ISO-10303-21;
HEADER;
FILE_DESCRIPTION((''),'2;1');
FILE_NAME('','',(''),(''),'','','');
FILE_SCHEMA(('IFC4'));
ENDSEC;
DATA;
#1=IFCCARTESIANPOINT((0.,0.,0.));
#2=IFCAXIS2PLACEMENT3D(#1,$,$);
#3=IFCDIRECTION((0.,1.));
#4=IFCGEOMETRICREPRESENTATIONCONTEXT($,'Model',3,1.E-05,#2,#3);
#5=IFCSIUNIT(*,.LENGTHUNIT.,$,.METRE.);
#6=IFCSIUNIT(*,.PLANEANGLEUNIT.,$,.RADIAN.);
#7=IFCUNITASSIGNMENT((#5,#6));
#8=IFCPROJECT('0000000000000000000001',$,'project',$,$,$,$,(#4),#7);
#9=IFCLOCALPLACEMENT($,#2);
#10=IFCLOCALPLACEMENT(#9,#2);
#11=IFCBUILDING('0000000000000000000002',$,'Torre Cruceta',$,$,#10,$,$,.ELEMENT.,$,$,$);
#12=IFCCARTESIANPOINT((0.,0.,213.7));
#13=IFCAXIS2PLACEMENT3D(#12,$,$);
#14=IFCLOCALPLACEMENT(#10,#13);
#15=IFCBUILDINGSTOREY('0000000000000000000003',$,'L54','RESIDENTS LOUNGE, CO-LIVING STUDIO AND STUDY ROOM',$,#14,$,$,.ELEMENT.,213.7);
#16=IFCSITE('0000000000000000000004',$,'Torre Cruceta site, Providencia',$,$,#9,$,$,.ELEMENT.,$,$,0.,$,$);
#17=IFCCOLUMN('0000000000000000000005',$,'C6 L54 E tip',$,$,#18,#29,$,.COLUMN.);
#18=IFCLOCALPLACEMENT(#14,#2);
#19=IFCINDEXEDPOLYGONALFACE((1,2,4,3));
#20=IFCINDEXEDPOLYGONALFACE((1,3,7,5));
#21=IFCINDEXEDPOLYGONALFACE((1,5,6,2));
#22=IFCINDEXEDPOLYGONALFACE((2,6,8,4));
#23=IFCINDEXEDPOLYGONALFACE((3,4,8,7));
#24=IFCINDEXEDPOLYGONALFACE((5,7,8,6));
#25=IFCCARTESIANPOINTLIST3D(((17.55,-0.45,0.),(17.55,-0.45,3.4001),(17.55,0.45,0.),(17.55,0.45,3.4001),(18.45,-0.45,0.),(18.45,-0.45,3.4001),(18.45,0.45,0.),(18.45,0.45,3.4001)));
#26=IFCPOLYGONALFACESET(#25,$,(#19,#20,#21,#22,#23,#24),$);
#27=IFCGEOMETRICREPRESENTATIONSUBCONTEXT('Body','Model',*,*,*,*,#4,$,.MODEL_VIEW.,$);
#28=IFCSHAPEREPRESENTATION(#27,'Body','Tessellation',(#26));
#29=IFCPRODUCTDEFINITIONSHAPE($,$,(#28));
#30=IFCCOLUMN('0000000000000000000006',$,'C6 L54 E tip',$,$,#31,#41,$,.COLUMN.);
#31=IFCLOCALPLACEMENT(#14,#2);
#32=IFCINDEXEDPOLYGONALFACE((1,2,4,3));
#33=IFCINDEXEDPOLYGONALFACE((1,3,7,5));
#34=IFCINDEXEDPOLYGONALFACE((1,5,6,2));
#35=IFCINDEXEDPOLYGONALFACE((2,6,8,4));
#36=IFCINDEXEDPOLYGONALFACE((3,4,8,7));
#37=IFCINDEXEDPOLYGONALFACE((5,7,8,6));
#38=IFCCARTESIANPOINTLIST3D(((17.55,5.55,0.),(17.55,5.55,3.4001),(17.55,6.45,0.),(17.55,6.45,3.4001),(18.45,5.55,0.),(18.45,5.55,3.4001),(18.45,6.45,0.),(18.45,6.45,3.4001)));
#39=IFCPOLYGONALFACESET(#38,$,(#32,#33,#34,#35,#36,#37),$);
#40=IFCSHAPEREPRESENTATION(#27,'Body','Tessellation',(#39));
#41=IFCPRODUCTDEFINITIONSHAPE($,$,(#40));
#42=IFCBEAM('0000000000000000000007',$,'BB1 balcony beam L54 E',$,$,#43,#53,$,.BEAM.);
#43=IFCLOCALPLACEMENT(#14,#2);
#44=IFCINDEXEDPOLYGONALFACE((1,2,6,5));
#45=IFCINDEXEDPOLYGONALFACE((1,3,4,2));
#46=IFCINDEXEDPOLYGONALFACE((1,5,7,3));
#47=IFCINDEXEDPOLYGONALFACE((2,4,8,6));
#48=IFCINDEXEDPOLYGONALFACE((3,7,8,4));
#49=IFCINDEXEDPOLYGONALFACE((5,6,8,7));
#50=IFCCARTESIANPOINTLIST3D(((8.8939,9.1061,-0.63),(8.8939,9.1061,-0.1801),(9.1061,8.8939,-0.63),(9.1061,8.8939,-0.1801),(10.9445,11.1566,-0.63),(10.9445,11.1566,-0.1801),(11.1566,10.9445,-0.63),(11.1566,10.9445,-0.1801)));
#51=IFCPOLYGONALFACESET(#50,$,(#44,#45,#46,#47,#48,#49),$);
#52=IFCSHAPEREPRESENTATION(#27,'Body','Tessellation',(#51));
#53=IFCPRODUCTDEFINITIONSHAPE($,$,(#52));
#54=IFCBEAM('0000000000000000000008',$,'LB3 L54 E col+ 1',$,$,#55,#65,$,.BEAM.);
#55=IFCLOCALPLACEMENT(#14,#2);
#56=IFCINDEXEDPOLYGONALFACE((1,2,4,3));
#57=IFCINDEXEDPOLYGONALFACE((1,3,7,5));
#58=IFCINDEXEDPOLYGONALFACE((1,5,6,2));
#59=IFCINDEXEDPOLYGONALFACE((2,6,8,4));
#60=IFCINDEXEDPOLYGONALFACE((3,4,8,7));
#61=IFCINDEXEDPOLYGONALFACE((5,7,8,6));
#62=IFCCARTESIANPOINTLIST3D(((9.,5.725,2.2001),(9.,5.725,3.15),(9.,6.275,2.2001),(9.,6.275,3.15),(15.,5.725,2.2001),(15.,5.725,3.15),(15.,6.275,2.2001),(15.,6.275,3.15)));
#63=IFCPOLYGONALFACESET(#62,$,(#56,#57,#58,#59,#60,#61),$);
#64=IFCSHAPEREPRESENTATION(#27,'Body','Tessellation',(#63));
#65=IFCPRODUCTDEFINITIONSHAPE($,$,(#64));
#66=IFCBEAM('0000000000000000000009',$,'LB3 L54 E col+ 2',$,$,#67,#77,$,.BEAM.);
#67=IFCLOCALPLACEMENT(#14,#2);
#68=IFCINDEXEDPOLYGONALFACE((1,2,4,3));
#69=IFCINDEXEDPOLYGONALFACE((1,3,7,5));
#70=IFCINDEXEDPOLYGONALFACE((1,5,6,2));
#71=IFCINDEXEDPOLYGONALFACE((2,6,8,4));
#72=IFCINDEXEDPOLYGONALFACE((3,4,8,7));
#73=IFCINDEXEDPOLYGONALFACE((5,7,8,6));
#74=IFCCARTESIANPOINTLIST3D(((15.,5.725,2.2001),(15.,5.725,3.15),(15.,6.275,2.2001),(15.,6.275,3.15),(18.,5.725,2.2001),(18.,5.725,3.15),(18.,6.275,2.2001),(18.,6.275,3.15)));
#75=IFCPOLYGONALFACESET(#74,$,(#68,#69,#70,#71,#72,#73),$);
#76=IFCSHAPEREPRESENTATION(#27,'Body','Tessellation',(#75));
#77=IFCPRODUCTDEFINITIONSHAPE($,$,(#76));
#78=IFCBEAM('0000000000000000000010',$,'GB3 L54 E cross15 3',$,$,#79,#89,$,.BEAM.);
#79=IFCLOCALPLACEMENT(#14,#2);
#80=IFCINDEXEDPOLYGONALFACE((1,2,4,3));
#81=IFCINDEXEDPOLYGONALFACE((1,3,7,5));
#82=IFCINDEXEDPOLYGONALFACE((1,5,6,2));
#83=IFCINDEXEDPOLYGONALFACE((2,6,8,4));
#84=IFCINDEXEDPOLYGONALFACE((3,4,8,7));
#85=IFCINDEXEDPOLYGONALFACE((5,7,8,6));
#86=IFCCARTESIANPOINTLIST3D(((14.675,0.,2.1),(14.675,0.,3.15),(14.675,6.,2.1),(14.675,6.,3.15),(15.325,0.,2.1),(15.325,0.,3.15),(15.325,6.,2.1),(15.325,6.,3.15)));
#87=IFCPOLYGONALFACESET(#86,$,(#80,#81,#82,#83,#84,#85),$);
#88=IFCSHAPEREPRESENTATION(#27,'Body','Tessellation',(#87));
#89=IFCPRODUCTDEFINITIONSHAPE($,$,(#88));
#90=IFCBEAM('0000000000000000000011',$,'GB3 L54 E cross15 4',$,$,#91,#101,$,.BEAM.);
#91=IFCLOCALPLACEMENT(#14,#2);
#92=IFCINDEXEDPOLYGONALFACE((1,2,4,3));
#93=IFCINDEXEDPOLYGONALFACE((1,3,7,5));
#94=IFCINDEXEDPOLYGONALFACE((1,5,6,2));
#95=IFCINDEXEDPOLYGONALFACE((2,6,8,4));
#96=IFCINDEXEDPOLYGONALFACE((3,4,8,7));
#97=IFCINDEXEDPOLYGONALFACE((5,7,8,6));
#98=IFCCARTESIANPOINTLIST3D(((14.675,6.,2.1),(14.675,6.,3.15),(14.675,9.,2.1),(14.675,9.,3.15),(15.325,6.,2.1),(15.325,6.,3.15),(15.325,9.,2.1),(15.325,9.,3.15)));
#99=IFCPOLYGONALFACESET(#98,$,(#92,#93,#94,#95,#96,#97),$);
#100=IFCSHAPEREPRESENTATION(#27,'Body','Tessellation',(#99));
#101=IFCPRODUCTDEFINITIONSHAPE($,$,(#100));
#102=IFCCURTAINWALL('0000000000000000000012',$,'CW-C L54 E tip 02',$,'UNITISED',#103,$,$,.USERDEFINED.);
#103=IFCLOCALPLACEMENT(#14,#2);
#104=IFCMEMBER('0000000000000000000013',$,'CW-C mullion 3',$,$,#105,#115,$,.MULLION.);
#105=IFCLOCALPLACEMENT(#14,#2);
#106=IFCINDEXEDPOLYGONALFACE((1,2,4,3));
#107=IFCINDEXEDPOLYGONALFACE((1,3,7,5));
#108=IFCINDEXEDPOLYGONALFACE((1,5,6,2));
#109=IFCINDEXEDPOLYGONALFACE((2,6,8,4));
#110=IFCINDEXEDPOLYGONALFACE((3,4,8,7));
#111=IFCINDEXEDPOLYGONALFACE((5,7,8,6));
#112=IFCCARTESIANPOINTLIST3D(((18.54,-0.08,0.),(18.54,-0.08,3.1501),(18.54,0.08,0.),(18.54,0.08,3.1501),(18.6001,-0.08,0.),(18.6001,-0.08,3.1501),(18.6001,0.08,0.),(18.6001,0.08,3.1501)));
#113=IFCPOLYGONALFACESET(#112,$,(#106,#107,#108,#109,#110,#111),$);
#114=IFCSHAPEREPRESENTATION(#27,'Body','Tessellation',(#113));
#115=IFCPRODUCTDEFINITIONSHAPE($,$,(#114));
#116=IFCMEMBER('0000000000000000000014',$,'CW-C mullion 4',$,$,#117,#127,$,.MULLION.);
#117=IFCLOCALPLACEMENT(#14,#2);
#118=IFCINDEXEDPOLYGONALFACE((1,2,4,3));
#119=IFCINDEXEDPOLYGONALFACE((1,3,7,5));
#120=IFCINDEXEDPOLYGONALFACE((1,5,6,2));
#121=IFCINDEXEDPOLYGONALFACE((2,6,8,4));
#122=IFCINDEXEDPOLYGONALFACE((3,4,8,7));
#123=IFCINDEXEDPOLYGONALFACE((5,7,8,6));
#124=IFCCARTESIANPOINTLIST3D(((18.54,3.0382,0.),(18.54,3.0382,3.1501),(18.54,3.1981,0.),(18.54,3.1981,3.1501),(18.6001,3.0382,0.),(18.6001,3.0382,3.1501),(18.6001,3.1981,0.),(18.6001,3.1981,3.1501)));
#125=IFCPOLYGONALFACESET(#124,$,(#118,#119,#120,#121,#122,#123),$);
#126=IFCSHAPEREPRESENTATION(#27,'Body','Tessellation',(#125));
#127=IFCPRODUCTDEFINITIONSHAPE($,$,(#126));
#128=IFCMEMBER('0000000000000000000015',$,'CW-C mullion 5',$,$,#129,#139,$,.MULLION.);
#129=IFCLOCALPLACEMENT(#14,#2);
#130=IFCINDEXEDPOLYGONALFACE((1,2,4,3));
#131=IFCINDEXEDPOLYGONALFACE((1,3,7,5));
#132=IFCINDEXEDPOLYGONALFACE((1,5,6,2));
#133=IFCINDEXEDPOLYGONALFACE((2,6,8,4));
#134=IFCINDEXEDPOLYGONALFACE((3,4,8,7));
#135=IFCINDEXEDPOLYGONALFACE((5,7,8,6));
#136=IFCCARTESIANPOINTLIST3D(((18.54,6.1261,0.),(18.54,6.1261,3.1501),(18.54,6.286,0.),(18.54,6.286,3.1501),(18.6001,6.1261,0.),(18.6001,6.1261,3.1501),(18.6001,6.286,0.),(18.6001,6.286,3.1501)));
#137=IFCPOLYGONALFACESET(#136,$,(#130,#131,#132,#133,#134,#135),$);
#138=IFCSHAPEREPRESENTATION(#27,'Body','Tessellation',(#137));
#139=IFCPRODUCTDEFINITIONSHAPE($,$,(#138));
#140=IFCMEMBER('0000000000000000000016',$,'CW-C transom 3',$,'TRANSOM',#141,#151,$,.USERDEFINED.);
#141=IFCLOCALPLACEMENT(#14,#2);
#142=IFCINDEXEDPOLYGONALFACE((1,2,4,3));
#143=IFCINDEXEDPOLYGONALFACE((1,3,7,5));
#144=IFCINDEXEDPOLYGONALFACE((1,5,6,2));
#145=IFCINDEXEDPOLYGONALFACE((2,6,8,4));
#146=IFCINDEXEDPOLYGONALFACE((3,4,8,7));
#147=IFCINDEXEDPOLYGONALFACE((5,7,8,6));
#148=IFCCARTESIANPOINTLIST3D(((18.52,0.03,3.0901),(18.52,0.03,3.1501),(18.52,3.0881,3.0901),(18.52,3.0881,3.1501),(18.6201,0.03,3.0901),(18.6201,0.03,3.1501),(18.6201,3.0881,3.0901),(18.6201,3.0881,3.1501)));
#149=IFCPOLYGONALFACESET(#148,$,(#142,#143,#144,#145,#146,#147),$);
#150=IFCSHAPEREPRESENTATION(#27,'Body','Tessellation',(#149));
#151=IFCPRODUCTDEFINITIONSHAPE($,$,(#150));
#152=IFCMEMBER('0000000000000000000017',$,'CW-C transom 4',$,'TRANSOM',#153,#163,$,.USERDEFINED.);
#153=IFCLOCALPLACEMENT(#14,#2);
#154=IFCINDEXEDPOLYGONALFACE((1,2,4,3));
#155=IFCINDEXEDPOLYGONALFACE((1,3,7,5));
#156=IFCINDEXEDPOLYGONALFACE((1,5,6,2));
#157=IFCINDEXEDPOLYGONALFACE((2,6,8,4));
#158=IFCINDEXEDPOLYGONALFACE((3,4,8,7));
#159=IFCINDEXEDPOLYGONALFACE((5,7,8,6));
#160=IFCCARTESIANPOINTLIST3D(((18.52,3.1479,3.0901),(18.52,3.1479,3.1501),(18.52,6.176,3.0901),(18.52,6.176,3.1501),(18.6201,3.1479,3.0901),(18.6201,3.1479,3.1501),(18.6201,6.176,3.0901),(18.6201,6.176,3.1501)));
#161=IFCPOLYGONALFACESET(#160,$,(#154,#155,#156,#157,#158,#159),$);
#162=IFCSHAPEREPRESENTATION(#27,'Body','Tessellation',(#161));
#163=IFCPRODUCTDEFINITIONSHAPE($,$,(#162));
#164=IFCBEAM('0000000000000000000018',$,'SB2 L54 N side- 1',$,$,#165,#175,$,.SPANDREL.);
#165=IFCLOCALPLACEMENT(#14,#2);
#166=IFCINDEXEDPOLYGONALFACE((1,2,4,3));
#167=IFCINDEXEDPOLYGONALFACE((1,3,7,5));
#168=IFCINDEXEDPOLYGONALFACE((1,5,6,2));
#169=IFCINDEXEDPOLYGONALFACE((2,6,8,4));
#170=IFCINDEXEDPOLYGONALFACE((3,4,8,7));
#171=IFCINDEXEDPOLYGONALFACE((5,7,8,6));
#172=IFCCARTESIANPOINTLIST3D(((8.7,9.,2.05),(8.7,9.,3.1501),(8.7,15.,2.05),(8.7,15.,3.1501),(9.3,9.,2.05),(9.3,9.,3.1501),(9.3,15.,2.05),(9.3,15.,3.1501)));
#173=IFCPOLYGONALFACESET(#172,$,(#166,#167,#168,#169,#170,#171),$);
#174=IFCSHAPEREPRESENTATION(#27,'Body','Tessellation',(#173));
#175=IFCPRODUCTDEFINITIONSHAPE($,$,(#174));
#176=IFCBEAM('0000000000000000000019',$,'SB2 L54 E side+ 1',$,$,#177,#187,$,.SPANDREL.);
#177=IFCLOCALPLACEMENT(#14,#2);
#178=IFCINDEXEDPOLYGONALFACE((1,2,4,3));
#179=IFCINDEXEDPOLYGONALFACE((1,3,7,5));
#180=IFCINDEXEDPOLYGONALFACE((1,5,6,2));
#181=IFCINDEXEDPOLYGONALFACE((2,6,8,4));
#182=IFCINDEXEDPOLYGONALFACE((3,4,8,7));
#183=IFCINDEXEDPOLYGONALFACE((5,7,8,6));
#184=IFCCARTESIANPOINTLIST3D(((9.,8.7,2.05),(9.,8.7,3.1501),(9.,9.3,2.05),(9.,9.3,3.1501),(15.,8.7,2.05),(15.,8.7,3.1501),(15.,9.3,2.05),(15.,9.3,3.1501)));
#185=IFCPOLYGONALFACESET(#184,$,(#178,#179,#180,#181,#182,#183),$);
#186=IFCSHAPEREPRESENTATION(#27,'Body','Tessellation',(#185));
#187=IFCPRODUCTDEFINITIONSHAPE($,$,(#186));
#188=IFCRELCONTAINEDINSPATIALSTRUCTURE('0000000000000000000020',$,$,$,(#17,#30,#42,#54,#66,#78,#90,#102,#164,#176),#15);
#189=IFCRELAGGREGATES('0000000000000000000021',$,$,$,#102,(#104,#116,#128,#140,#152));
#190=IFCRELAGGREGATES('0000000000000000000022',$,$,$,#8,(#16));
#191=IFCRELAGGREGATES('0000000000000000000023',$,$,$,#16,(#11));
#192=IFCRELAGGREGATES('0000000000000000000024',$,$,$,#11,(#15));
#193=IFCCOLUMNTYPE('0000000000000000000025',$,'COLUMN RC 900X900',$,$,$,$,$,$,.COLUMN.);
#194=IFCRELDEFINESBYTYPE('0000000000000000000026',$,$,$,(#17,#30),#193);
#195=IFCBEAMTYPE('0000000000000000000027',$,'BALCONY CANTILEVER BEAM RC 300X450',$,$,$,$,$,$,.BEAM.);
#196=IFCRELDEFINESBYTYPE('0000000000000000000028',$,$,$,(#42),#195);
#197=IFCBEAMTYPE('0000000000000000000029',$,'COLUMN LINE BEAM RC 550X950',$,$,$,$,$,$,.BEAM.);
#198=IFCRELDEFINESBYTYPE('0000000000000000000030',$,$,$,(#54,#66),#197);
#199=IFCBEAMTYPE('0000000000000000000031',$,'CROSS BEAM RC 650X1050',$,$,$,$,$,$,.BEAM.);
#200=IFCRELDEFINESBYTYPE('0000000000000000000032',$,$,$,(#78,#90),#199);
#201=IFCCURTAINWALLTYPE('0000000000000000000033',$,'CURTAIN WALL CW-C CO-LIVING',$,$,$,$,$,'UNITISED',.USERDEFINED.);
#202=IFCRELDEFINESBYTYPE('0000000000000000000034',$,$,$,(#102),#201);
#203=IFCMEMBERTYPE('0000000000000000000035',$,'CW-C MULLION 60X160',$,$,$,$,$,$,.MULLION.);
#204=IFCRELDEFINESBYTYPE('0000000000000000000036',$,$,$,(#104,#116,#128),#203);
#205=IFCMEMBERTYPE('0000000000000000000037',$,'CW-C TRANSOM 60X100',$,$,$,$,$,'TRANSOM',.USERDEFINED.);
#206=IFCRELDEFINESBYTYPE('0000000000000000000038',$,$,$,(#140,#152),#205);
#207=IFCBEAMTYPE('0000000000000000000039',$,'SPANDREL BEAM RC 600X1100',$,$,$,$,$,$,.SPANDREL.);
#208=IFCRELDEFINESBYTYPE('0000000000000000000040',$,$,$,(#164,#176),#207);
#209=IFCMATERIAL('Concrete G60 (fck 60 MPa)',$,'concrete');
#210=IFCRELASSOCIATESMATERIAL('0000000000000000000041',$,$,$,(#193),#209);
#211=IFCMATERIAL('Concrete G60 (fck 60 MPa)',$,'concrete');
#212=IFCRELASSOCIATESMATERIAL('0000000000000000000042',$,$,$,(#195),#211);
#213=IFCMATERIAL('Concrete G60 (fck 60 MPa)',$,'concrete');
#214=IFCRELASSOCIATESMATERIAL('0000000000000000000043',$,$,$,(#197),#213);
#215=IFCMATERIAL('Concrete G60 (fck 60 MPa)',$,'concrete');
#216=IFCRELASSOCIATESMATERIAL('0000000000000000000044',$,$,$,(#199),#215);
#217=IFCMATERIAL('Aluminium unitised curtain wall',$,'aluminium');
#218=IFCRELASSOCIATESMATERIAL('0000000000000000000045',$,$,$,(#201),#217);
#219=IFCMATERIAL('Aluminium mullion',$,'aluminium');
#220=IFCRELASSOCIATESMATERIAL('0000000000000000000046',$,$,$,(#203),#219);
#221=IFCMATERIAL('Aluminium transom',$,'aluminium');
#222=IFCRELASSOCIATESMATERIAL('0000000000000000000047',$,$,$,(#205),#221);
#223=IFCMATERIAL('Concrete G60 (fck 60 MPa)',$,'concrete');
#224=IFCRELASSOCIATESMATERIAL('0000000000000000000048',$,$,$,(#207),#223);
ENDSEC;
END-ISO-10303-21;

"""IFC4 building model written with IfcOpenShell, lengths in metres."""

from ifc_helpers import new_model, si_unit, direction, frame, origin, origin_2d, place, context, subcontext, project, spatial, rectangle, extrude, material, material_profile, profile_set, type_object, element, aggregate, save


model = new_model("IFC4")

# Units and contexts
model_context = context("Model", 3, precision=1e-05, world=origin(), true_north=direction((0.0, 1.0)))
body_context = subcontext(model_context, "Body", "Model", "MODEL_VIEW")
ifc_project = project(units=[si_unit("LENGTHUNIT", "METRE"), si_unit("PLANEANGLEUNIT", "RADIAN")], contexts=[model_context])

# Site, building, storey
site_placement = place(None, origin())
site = spatial("IfcSite", under=ifc_project, at=site_placement, Name="Torre Cruceta site, Providencia", CompositionType="ELEMENT", RefElevation=0.0)
building_placement = place(site_placement, origin())
building = spatial("IfcBuilding", under=site, at=building_placement, Name="Torre Cruceta", CompositionType="ELEMENT")
storey_placement = place(building_placement, frame((0.0, 0.0, 213.7)))
storey = spatial("IfcBuildingStorey", under=building, at=storey_placement, Name="L54", Description="RESIDENTS LOUNGE, CO-LIVING STUDIO AND STUDY ROOM", CompositionType="ELEMENT", Elevation=213.7)

# Columns
ifc_material_1 = material(Name="Concrete G60 (fck 60 MPa)", Category="concrete")
ifc_material_profile_1 = material_profile(ifc_material_1, rectangle(XDim=0.8999, YDim=0.8999, at=origin_2d()), Name="RC 900X900")
ifc_profile_set_1 = profile_set([ifc_material_profile_1], Name="Concrete G60 (fck 60 MPa)")
column_type = type_object("IfcColumnType", Name="COLUMN RC 900X900", PredefinedType="COLUMN", material=ifc_profile_set_1)
for number, where, z_axis, x_axis, name in (
    (1, (18.0, 0.0, 0.0), (0.0, 0.0, 1.0), (1.0, 0.0, 0.0), "C6 L54 E tip"),
    (2, (18.0, 6.0, 0.0), (0.0, 0.0, 1.0), (1.0, 0.0, 0.0), "C6 L54 E tip"),
):
    element("IfcColumn", number, at=place(storey_placement, frame(where, z_axis=z_axis, x_axis=x_axis)), inside=storey, type_object=column_type, Name=name, PredefinedType="COLUMN", context=body_context, shape_type="SweptSolid", body=[
        extrude(rectangle(XDim=0.8999, YDim=0.8999, at=origin_2d()), origin(), (0.0, 0.0, 1.0), 3.4001),
    ])

# Beams
ifc_material_2 = material(Name="Concrete G60 (fck 60 MPa)", Category="concrete")
ifc_material_profile_2 = material_profile(ifc_material_2, rectangle(XDim=0.3, YDim=0.45, at=origin_2d()), Name="RC 300X450")
ifc_profile_set_2 = profile_set([ifc_material_profile_2], Name="Concrete G60 (fck 60 MPa)")
beam_type_1 = type_object("IfcBeamType", Name="BALCONY CANTILEVER BEAM RC 300X450", PredefinedType="BEAM", material=ifc_profile_set_2)
beam_1_placement = place(storey_placement, frame((9.0, 9.0, -0.405), z_axis=(0.707107, 0.707107, 0.0), x_axis=(-0.707107, 0.707107, 0.0)))
element("IfcBeam", 3, at=beam_1_placement, inside=storey, type_object=beam_type_1, Name="BB1 balcony beam L54 E", PredefinedType="BEAM", context=body_context, shape_type="SweptSolid", body=[
    extrude(rectangle(XDim=0.3, YDim=0.45, at=origin_2d()), origin(), (0.0, 0.0, 1.0), 2.8999),
])
ifc_material_3 = material(Name="Concrete G60 (fck 60 MPa)", Category="concrete")
ifc_material_profile_3 = material_profile(ifc_material_3, rectangle(XDim=0.55, YDim=0.95, at=origin_2d()), Name="RC 550X950")
ifc_profile_set_3 = profile_set([ifc_material_profile_3], Name="Concrete G60 (fck 60 MPa)")
beam_type_2 = type_object("IfcBeamType", Name="COLUMN LINE BEAM RC 550X950", PredefinedType="BEAM", material=ifc_profile_set_3)
beam_2_placement = place(storey_placement, frame((9.0, 6.0, 2.675), z_axis=(1.0, 0.0, 0.0), x_axis=(0.0, 1.0, 0.0)))
element("IfcBeam", 4, at=beam_2_placement, inside=storey, type_object=beam_type_2, Name="LB3 L54 E col+ 1", PredefinedType="BEAM", context=body_context, shape_type="SweptSolid", body=[
    extrude(rectangle(XDim=0.55, YDim=0.95, at=origin_2d()), origin(), (0.0, 0.0, 1.0), 6.0),
])
beam_3_placement = place(storey_placement, frame((15.0, 6.0, 2.675), z_axis=(1.0, 0.0, 0.0), x_axis=(0.0, 1.0, 0.0)))
element("IfcBeam", 5, at=beam_3_placement, inside=storey, type_object=beam_type_2, Name="LB3 L54 E col+ 2", PredefinedType="BEAM", context=body_context, shape_type="SweptSolid", body=[
    extrude(rectangle(XDim=0.55, YDim=0.95, at=origin_2d()), origin(), (0.0, 0.0, 1.0), 3.0),
])
ifc_material_4 = material(Name="Concrete G60 (fck 60 MPa)", Category="concrete")
ifc_material_profile_4 = material_profile(ifc_material_4, rectangle(XDim=0.6499, YDim=1.05, at=origin_2d()), Name="RC 650X1050")
ifc_profile_set_4 = profile_set([ifc_material_profile_4], Name="Concrete G60 (fck 60 MPa)")
beam_type_3 = type_object("IfcBeamType", Name="CROSS BEAM RC 650X1050", PredefinedType="BEAM", material=ifc_profile_set_4)
beam_4_placement = place(storey_placement, frame((15.0, 0.0, 2.625), z_axis=(0.0, 1.0, 0.0), x_axis=(-1.0, 0.0, 0.0)))
element("IfcBeam", 6, at=beam_4_placement, inside=storey, type_object=beam_type_3, Name="GB3 L54 E cross15 3", PredefinedType="BEAM", context=body_context, shape_type="SweptSolid", body=[
    extrude(rectangle(XDim=0.6499, YDim=1.05, at=origin_2d()), origin(), (0.0, 0.0, 1.0), 6.0),
])
beam_5_placement = place(storey_placement, frame((15.0, 6.0, 2.625), z_axis=(0.0, 1.0, 0.0), x_axis=(-1.0, 0.0, 0.0)))
element("IfcBeam", 7, at=beam_5_placement, inside=storey, type_object=beam_type_3, Name="GB3 L54 E cross15 4", PredefinedType="BEAM", context=body_context, shape_type="SweptSolid", body=[
    extrude(rectangle(XDim=0.6499, YDim=1.05, at=origin_2d()), origin(), (0.0, 0.0, 1.0), 3.0),
])

# Curtain wall, members
ifc_material_5 = material(Name="Aluminium unitised curtain wall", Category="aluminium")
curtain_wall_type = type_object("IfcCurtainWallType", Name="CURTAIN WALL CW-C CO-LIVING", ElementType="UNITISED", PredefinedType="USERDEFINED", material=ifc_material_5)
curtain_wall_placement = place(storey_placement, origin())
curtain_wall = element("IfcCurtainWall", 8, at=curtain_wall_placement, inside=storey, type_object=curtain_wall_type, Name="CW-C L54 E tip 02", ObjectType="UNITISED", PredefinedType="USERDEFINED")
ifc_material_6 = material(Name="Aluminium mullion", Category="aluminium")
ifc_material_profile_5 = material_profile(ifc_material_6, rectangle(XDim=0.0601, YDim=0.1599, at=origin_2d()), Name="AL 60X160")
ifc_profile_set_5 = profile_set([ifc_material_profile_5], Name="Aluminium mullion")
member_type_1 = type_object("IfcMemberType", Name="CW-C MULLION 60X160", PredefinedType="MULLION", material=ifc_profile_set_5)
member_1_placement = place(storey_placement, frame((18.5701, 0.0, 0.0), z_axis=(0.0, 0.0, 1.0), x_axis=(-1.0, 0.0, 0.0)))
member_1 = element("IfcMember", 9, at=member_1_placement, type_object=member_type_1, Name="CW-C mullion 3", PredefinedType="MULLION", context=body_context, shape_type="SweptSolid", body=[
    extrude(rectangle(XDim=0.0601, YDim=0.1599, at=origin_2d()), origin(), (0.0, 0.0, 1.0), 3.1501),
])
member_2_placement = place(storey_placement, frame((18.5701, 3.1182, 0.0), z_axis=(0.0, 0.0, 1.0), x_axis=(-1.0, 0.0, 0.0)))
member_2 = element("IfcMember", 10, at=member_2_placement, type_object=member_type_1, Name="CW-C mullion 4", PredefinedType="MULLION", context=body_context, shape_type="SweptSolid", body=[
    extrude(rectangle(XDim=0.0601, YDim=0.1599, at=origin_2d()), origin(), (0.0, 0.0, 1.0), 3.1501),
])
member_3_placement = place(storey_placement, frame((18.5701, 6.2061, 0.0), z_axis=(0.0, 0.0, 1.0), x_axis=(-1.0, 0.0, 0.0)))
member_3 = element("IfcMember", 11, at=member_3_placement, type_object=member_type_1, Name="CW-C mullion 5", PredefinedType="MULLION", context=body_context, shape_type="SweptSolid", body=[
    extrude(rectangle(XDim=0.0601, YDim=0.1599, at=origin_2d()), origin(), (0.0, 0.0, 1.0), 3.1501),
])
ifc_material_7 = material(Name="Aluminium transom", Category="aluminium")
ifc_material_profile_6 = material_profile(ifc_material_7, rectangle(XDim=0.1001, YDim=0.0601, at=origin_2d()), Name="AL 100X60")
ifc_profile_set_6 = profile_set([ifc_material_profile_6], Name="Aluminium transom")
member_type_2 = type_object("IfcMemberType", Name="CW-C TRANSOM 60X100", ElementType="TRANSOM", PredefinedType="USERDEFINED", material=ifc_profile_set_6)
member_4_placement = place(storey_placement, frame((18.5701, 0.03, 3.1201), z_axis=(0.0, 1.0, 0.0), x_axis=(-1.0, 0.0, 0.0)))
member_4 = element("IfcMember", 12, at=member_4_placement, type_object=member_type_2, Name="CW-C transom 3", ObjectType="TRANSOM", PredefinedType="USERDEFINED", context=body_context, shape_type="SweptSolid", body=[
    extrude(rectangle(XDim=0.1001, YDim=0.0601, at=origin_2d()), origin(), (0.0, 0.0, 1.0), 3.0581),
])
member_5_placement = place(storey_placement, frame((18.5701, 3.1479, 3.1201), z_axis=(0.0, 1.0, 0.0), x_axis=(-1.0, 0.0, 0.0)))
member_5 = element("IfcMember", 13, at=member_5_placement, type_object=member_type_2, Name="CW-C transom 4", ObjectType="TRANSOM", PredefinedType="USERDEFINED", context=body_context, shape_type="SweptSolid", body=[
    extrude(rectangle(XDim=0.1001, YDim=0.0601, at=origin_2d()), origin(), (0.0, 0.0, 1.0), 3.0281),
])

# Beams
ifc_material_8 = material(Name="Concrete G60 (fck 60 MPa)", Category="concrete")
ifc_material_profile_7 = material_profile(ifc_material_8, rectangle(XDim=0.6001, YDim=1.1001, at=origin_2d()), Name="RC 600X1100")
ifc_profile_set_7 = profile_set([ifc_material_profile_7], Name="Concrete G60 (fck 60 MPa)")
beam_type_4 = type_object("IfcBeamType", Name="SPANDREL BEAM RC 600X1100", PredefinedType="SPANDREL", material=ifc_profile_set_7)
for number, where, z_axis, x_axis, name in (
    (14, (9.0, 9.0, 2.6001), (0.0, 1.0, 0.0), (-1.0, 0.0, 0.0), "SB2 L54 N side- 1"),
    (15, (9.0, 9.0, 2.6001), (1.0, 0.0, 0.0), (0.0, 1.0, 0.0), "SB2 L54 E side+ 1"),
):
    element("IfcBeam", number, at=place(storey_placement, frame(where, z_axis=z_axis, x_axis=x_axis)), inside=storey, type_object=beam_type_4, Name=name, PredefinedType="SPANDREL", context=body_context, shape_type="SweptSolid", body=[
        extrude(rectangle(XDim=0.6001, YDim=1.1001, at=origin_2d()), origin(), (0.0, 0.0, 1.0), 6.0),
    ])

aggregate(curtain_wall, [member_1, member_2, member_3, member_4, member_5])

save(model, "model.ifc")
